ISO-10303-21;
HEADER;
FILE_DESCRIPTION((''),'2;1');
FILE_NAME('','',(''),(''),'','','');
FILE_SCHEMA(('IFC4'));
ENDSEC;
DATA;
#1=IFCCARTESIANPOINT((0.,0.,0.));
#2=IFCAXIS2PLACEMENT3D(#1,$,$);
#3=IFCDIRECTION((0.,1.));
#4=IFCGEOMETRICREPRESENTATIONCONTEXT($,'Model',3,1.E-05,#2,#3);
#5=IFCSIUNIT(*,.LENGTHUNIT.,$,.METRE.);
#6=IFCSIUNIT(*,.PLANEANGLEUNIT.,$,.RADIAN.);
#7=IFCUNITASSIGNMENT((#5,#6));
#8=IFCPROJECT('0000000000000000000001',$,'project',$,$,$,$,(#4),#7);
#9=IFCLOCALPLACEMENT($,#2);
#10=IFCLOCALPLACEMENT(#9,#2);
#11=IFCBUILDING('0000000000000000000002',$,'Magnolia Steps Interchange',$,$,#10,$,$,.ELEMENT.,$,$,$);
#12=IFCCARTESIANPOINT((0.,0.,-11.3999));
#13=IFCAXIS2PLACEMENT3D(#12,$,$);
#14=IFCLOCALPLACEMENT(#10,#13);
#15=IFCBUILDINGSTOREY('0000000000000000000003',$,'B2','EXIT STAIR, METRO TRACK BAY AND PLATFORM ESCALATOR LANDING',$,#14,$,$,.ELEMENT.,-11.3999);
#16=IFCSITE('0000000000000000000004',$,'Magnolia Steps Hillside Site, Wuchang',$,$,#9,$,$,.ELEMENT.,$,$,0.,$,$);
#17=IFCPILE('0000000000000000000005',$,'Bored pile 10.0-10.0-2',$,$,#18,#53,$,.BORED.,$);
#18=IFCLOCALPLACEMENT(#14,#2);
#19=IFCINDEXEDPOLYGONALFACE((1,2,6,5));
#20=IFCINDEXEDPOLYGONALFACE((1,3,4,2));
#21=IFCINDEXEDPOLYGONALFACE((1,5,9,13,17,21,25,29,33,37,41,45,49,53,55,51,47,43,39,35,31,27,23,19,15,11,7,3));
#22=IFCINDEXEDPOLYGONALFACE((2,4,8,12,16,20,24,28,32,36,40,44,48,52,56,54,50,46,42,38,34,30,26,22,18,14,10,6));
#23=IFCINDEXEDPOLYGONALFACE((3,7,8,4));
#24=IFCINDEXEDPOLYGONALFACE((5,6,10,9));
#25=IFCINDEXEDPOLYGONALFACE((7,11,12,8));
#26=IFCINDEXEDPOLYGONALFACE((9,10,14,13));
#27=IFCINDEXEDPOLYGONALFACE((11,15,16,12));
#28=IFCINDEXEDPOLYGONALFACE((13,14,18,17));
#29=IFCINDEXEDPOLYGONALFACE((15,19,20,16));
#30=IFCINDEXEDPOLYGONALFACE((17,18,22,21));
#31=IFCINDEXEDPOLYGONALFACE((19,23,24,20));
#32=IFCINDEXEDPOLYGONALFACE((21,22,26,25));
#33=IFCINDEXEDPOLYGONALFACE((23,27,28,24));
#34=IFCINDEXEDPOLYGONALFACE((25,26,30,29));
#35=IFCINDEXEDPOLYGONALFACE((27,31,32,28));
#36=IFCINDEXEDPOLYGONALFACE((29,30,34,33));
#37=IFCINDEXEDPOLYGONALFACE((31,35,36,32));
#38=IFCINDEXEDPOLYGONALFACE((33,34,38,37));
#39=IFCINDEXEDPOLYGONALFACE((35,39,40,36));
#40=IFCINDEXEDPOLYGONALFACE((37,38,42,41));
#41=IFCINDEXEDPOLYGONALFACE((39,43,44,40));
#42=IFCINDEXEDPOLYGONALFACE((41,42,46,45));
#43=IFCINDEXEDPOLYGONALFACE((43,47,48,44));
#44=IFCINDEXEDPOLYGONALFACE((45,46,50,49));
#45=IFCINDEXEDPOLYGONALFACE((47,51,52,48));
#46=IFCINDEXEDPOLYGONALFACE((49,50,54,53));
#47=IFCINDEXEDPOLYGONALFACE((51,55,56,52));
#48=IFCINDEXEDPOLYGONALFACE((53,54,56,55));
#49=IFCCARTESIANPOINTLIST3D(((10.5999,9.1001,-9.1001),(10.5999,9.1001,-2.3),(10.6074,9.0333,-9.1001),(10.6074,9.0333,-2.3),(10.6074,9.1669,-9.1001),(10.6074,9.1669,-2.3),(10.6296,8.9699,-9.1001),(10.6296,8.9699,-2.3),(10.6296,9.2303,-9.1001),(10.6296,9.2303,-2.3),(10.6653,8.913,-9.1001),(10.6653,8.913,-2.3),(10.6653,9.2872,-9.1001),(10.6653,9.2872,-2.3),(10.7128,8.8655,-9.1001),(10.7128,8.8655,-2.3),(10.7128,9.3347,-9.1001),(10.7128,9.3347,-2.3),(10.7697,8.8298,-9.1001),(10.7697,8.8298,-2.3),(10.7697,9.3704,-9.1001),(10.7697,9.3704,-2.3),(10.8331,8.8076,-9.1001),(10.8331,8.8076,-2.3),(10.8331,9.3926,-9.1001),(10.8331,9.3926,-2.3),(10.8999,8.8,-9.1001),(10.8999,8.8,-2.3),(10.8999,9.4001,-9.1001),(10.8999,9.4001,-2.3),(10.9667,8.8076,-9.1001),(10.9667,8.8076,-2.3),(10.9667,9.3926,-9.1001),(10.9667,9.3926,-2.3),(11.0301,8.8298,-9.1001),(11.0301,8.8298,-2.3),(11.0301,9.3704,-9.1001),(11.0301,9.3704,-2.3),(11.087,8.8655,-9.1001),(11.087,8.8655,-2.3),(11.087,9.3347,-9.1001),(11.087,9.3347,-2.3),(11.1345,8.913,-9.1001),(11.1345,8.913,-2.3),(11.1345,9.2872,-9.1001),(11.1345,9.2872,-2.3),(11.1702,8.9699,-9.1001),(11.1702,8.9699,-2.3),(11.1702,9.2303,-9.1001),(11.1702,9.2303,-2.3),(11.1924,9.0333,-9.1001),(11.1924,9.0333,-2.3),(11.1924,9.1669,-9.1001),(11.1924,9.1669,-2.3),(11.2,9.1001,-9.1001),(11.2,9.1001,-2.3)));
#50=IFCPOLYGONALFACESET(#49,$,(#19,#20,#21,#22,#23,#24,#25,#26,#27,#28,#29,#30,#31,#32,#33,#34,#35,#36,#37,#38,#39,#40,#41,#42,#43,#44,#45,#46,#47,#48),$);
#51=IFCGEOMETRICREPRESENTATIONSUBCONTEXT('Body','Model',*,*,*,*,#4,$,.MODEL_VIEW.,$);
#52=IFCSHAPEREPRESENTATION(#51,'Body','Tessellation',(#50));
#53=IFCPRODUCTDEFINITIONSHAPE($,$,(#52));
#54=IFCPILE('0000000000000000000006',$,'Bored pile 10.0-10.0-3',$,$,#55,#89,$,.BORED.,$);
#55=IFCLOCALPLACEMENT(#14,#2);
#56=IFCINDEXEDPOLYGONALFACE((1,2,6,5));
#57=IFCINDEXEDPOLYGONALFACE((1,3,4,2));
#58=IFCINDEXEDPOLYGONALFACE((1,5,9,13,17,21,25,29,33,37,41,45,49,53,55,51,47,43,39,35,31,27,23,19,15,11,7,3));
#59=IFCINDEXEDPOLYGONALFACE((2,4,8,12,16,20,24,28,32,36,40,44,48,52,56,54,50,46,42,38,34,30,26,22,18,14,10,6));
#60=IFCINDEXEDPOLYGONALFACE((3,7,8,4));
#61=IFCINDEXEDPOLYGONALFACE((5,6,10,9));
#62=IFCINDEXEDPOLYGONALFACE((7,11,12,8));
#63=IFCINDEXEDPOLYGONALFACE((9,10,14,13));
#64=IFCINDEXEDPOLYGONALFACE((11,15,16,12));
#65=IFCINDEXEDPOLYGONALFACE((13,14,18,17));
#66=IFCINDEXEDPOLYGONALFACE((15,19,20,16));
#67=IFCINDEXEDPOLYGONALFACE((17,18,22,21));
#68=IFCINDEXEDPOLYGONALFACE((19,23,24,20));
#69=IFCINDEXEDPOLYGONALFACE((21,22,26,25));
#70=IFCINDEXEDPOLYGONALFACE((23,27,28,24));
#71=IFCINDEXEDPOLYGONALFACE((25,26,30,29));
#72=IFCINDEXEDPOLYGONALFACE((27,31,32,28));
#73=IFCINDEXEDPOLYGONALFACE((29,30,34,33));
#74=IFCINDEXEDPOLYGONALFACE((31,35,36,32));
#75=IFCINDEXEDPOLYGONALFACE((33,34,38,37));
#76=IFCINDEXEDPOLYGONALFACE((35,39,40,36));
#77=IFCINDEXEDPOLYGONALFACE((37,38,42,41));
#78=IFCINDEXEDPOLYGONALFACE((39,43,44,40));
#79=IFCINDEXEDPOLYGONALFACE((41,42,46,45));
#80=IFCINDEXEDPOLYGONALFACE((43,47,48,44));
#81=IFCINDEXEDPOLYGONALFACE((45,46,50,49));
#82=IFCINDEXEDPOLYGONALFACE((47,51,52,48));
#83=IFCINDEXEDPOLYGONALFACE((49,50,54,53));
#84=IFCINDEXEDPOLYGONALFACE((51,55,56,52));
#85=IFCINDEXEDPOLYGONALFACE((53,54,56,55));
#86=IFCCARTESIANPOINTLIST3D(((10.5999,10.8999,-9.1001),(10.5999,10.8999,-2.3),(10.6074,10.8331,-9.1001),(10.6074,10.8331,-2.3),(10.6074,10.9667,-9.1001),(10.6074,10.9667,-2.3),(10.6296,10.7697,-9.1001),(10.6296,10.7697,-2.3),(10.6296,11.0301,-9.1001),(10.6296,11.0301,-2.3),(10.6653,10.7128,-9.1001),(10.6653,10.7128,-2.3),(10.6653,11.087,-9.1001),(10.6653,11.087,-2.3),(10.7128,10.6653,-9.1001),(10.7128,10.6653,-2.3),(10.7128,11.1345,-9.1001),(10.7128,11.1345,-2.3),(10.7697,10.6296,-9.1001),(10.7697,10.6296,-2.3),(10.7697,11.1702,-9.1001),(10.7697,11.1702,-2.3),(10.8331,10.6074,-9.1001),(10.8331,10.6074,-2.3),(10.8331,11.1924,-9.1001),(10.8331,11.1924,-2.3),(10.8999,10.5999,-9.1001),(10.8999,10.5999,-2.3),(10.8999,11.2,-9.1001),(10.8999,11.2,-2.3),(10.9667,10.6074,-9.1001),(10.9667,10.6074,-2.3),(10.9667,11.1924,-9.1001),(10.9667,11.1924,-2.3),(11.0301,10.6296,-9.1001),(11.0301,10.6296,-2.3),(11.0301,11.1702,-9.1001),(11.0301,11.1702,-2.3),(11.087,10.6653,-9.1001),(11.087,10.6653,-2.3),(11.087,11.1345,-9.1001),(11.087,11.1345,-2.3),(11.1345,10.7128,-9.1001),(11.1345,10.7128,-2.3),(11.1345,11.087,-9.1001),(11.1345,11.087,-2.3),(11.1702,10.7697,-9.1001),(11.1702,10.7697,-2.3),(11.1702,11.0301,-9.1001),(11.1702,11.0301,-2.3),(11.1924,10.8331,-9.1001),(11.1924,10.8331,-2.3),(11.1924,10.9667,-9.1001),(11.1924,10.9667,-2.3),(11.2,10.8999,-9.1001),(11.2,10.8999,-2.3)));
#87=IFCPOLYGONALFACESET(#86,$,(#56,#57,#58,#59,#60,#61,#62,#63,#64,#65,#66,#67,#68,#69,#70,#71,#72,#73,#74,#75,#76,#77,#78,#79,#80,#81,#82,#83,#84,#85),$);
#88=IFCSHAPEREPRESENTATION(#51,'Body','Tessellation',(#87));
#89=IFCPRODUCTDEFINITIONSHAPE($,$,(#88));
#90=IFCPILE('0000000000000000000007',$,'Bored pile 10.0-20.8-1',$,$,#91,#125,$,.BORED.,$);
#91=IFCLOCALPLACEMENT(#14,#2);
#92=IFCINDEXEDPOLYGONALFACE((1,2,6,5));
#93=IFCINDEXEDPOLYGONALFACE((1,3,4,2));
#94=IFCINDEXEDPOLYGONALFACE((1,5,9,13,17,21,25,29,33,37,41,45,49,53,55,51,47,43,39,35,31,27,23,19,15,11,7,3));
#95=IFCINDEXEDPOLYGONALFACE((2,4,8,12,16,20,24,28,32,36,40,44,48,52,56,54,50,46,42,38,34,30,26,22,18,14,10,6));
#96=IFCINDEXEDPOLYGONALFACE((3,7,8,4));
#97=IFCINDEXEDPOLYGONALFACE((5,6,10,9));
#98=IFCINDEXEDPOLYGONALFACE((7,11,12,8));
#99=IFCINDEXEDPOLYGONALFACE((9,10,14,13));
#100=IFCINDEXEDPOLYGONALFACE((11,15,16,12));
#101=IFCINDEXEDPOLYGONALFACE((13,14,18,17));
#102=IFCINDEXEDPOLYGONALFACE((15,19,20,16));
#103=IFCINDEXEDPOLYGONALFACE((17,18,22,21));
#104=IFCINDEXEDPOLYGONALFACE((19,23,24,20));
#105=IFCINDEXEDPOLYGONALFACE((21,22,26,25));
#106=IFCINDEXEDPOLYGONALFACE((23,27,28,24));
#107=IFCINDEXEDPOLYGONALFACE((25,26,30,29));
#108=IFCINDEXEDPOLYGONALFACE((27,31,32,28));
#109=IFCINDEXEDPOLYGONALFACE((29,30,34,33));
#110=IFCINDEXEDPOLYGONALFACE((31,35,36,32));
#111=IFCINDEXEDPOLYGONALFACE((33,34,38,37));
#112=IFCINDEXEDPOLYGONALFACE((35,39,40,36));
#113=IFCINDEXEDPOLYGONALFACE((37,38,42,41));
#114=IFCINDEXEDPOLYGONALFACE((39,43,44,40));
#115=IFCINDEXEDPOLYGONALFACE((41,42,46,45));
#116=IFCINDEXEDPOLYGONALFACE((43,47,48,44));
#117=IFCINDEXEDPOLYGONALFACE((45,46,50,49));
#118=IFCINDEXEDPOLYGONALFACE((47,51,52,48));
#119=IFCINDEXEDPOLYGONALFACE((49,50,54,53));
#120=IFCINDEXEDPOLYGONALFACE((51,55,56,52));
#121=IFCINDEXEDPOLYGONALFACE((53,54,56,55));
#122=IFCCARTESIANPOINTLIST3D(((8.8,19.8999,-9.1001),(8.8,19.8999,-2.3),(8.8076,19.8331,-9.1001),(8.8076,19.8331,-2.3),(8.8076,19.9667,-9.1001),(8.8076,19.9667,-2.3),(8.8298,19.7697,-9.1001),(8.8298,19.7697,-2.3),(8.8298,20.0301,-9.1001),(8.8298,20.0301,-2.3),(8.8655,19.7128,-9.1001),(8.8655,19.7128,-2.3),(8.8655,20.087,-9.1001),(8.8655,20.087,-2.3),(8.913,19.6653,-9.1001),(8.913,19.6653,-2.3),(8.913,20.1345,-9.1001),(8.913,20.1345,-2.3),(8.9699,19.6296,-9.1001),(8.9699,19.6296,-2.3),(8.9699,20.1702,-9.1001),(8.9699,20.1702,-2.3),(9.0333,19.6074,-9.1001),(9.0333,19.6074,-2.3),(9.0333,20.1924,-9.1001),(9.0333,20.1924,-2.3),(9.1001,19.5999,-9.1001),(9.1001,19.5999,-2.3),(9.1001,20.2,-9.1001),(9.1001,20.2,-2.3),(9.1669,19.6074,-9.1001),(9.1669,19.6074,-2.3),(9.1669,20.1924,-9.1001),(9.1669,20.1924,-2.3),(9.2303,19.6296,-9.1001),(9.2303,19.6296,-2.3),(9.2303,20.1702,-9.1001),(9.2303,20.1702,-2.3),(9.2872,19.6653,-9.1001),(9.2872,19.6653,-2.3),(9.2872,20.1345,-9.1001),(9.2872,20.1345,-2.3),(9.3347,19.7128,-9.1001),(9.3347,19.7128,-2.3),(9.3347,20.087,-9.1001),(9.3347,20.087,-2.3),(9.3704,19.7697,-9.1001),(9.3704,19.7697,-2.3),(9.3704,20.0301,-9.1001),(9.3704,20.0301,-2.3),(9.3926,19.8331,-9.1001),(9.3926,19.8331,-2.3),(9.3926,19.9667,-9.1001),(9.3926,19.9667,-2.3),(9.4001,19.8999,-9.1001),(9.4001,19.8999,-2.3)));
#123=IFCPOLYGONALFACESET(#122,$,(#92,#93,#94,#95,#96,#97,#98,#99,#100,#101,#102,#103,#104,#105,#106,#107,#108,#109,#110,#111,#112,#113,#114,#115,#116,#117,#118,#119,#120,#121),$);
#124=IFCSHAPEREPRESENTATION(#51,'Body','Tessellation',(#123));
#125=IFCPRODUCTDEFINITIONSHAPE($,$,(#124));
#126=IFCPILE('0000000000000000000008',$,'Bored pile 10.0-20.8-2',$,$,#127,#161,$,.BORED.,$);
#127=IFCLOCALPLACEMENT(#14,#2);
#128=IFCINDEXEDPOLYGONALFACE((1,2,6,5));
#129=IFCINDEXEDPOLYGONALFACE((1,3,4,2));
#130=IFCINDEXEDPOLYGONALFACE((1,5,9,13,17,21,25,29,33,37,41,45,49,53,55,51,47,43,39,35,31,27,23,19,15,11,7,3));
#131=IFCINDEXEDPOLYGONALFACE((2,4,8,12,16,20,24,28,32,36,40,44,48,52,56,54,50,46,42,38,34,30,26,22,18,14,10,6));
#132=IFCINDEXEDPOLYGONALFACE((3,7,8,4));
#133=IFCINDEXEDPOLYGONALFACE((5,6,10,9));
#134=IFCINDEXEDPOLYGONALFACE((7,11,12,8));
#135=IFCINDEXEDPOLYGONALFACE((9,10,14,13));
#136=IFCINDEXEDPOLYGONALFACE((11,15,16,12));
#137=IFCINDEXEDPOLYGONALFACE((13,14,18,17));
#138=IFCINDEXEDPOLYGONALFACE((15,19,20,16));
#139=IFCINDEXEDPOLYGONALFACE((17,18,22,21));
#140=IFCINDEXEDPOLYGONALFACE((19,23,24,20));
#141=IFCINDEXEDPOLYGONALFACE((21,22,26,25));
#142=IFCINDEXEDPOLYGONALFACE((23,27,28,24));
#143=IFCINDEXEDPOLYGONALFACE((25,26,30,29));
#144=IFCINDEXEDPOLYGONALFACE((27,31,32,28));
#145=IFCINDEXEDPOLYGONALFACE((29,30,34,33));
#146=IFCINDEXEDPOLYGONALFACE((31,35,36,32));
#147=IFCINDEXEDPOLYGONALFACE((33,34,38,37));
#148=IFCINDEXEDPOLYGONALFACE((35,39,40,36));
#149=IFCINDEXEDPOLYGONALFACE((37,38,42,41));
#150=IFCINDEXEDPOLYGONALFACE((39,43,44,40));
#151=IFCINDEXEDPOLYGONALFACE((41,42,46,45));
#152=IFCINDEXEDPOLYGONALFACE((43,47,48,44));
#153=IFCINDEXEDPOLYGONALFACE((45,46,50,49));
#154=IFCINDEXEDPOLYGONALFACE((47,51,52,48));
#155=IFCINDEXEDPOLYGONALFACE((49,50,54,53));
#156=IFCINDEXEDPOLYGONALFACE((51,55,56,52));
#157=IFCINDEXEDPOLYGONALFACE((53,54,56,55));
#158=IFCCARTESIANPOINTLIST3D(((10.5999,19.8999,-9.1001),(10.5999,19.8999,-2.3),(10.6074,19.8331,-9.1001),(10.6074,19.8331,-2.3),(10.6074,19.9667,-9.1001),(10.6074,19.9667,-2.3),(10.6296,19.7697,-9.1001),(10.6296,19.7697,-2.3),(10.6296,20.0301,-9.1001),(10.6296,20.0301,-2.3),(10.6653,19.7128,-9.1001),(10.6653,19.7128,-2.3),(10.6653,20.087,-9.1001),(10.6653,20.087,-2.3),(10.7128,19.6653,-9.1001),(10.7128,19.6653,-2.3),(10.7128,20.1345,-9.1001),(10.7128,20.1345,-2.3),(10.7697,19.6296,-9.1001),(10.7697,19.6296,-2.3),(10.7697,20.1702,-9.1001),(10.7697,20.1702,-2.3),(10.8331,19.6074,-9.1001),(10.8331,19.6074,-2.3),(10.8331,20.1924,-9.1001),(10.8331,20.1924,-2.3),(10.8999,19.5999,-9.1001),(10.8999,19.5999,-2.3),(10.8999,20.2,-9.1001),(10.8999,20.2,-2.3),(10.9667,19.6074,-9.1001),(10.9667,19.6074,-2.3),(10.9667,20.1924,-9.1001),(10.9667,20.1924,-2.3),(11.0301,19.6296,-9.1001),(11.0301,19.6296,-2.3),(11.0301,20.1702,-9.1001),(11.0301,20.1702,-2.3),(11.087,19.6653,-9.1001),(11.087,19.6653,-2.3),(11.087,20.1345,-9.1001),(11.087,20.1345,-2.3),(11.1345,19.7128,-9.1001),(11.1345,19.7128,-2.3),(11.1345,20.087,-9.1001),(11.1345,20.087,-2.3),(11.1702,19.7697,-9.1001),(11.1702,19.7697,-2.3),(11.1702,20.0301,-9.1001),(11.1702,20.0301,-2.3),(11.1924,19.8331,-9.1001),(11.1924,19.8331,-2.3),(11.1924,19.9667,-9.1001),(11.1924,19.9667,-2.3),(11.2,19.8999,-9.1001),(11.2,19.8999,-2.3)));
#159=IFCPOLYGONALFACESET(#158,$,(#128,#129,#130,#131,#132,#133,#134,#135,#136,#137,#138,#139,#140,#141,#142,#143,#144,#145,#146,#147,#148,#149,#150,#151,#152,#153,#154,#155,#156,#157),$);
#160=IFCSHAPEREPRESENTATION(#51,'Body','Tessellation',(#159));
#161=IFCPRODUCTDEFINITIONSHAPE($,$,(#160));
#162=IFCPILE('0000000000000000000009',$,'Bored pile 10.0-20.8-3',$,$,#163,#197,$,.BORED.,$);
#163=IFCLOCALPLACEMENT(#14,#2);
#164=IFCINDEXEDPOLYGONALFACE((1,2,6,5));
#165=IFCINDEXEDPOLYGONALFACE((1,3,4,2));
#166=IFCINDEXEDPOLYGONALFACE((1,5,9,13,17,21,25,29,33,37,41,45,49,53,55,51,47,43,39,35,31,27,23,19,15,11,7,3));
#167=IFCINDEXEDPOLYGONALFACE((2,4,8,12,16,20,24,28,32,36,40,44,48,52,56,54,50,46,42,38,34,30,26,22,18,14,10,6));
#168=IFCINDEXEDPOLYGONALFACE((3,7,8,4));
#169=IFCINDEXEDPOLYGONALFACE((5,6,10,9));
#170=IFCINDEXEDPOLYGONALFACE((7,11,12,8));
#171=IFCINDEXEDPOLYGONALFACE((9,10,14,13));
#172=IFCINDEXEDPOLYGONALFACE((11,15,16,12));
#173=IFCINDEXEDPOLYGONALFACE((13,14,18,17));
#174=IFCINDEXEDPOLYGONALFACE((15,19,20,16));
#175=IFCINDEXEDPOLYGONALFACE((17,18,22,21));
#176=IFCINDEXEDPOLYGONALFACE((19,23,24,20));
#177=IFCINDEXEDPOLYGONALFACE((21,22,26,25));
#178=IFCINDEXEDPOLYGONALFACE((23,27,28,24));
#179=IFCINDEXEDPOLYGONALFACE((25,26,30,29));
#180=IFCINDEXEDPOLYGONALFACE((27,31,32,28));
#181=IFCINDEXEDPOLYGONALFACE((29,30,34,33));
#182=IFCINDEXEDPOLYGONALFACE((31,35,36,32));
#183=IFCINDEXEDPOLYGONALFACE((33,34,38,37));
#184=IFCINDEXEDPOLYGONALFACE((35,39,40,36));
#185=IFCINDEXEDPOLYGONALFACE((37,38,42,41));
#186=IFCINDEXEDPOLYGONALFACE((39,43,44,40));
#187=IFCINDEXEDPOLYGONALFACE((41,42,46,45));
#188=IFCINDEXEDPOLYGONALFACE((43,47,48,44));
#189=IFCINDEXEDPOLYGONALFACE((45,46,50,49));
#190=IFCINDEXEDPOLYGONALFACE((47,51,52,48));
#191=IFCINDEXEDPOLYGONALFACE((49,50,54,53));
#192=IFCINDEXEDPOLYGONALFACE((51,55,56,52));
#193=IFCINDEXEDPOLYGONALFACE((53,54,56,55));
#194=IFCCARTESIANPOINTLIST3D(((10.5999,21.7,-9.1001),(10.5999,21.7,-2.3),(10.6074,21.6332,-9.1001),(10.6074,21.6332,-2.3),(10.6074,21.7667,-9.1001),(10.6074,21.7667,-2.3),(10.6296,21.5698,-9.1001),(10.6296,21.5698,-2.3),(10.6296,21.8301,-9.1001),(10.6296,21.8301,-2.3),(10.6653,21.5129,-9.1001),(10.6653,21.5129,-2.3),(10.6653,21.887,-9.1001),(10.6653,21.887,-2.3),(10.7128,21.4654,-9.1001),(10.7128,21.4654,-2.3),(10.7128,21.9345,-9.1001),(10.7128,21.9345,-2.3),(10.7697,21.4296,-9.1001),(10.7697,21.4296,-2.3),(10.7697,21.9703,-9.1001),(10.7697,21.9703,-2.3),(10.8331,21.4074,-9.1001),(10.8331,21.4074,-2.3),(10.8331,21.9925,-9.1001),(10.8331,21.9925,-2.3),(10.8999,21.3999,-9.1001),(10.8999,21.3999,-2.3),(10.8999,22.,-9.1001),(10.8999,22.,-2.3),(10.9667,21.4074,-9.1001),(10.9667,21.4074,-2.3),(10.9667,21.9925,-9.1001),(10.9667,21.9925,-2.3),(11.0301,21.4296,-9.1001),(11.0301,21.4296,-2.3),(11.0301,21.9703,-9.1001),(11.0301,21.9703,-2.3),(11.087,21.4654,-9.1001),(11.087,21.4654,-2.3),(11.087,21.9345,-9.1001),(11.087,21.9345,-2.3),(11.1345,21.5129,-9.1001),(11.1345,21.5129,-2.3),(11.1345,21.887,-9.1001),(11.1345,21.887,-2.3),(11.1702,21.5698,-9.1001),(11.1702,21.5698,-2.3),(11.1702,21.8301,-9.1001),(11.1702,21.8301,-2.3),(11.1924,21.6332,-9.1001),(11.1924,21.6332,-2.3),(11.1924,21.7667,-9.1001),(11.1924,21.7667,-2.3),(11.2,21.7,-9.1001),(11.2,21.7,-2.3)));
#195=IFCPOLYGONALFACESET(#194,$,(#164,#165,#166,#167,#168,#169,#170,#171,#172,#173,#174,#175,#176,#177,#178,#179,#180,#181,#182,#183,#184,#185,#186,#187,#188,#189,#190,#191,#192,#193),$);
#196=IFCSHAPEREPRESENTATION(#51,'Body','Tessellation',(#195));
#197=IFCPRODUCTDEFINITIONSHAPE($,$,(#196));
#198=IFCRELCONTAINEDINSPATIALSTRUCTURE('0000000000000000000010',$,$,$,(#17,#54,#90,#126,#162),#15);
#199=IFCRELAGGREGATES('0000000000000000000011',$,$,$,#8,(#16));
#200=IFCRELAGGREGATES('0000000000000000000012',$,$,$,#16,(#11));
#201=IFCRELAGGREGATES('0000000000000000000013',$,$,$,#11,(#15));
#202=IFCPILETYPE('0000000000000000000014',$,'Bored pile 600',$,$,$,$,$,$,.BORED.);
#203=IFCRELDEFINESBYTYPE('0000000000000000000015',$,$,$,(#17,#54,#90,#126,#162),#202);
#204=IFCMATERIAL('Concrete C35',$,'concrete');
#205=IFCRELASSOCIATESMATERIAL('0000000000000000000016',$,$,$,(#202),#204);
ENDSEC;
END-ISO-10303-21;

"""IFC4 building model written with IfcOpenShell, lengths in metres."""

from ifc_helpers import new_model, si_unit, direction, frame, origin, origin_2d, place, context, subcontext, project, spatial, circle, extrude, material, material_profile, profile_set, type_object, element, save


model = new_model("IFC4")

# Units and contexts
model_context = context("Model", 3, precision=1e-05, world=origin(), true_north=direction((0.0, 1.0)))
body_context = subcontext(model_context, "Body", "Model", "MODEL_VIEW")
ifc_project = project(units=[si_unit("LENGTHUNIT", "METRE"), si_unit("PLANEANGLEUNIT", "RADIAN")], contexts=[model_context])

# Site, building, storey
site_placement = place(None, origin())
site = spatial("IfcSite", under=ifc_project, at=site_placement, Name="Magnolia Steps Hillside Site, Wuchang", CompositionType="ELEMENT", RefElevation=0.0)
building_placement = place(site_placement, origin())
building = spatial("IfcBuilding", under=site, at=building_placement, Name="Magnolia Steps Interchange", CompositionType="ELEMENT")
storey_placement = place(building_placement, frame((0.0, 0.0, -11.3999)))
storey = spatial("IfcBuildingStorey", under=building, at=storey_placement, Name="B2", Description="EXIT STAIR, METRO TRACK BAY AND PLATFORM ESCALATOR LANDING", CompositionType="ELEMENT", Elevation=-11.3999)

# Piles
ifc_material_1 = material(Name="Concrete C35", Category="concrete")
ifc_material_profile_1 = material_profile(ifc_material_1, circle(Radius=0.3, at=origin_2d()), Name="Bored pile 600")
ifc_profile_set_1 = profile_set([ifc_material_profile_1], Name="Concrete C35")
pile_type_1 = type_object("IfcPileType", Name="Bored pile 600", PredefinedType="BORED", material=ifc_profile_set_1)
for number, where, z_axis, x_axis, name in (
    (1, (10.8999, 9.1001, -2.3), (0.0, 0.0, -1.0), (1.0, 0.0, 0.0), "Bored pile 10.0-10.0-2"),
    (2, (10.8999, 10.8999, -2.3), (0.0, 0.0, -1.0), (1.0, 0.0, 0.0), "Bored pile 10.0-10.0-3"),
    (3, (9.1001, 19.8999, -2.3), (0.0, 0.0, -1.0), (1.0, 0.0, 0.0), "Bored pile 10.0-20.8-1"),
    (4, (10.8999, 19.8999, -2.3), (0.0, 0.0, -1.0), (1.0, 0.0, 0.0), "Bored pile 10.0-20.8-2"),
    (5, (10.8999, 21.7, -2.3), (0.0, 0.0, -1.0), (1.0, 0.0, 0.0), "Bored pile 10.0-20.8-3"),
):
    element("IfcPile", number, at=place(storey_placement, frame(where, z_axis=z_axis, x_axis=x_axis)), inside=storey, type_object=pile_type_1, Name=name, PredefinedType="BORED", context=body_context, shape_type="SweptSolid", body=[
        extrude(circle(Radius=0.3, at=origin_2d()), origin(), (0.0, 0.0, 1.0), 6.8),
    ])

save(model, "model.ifc")
